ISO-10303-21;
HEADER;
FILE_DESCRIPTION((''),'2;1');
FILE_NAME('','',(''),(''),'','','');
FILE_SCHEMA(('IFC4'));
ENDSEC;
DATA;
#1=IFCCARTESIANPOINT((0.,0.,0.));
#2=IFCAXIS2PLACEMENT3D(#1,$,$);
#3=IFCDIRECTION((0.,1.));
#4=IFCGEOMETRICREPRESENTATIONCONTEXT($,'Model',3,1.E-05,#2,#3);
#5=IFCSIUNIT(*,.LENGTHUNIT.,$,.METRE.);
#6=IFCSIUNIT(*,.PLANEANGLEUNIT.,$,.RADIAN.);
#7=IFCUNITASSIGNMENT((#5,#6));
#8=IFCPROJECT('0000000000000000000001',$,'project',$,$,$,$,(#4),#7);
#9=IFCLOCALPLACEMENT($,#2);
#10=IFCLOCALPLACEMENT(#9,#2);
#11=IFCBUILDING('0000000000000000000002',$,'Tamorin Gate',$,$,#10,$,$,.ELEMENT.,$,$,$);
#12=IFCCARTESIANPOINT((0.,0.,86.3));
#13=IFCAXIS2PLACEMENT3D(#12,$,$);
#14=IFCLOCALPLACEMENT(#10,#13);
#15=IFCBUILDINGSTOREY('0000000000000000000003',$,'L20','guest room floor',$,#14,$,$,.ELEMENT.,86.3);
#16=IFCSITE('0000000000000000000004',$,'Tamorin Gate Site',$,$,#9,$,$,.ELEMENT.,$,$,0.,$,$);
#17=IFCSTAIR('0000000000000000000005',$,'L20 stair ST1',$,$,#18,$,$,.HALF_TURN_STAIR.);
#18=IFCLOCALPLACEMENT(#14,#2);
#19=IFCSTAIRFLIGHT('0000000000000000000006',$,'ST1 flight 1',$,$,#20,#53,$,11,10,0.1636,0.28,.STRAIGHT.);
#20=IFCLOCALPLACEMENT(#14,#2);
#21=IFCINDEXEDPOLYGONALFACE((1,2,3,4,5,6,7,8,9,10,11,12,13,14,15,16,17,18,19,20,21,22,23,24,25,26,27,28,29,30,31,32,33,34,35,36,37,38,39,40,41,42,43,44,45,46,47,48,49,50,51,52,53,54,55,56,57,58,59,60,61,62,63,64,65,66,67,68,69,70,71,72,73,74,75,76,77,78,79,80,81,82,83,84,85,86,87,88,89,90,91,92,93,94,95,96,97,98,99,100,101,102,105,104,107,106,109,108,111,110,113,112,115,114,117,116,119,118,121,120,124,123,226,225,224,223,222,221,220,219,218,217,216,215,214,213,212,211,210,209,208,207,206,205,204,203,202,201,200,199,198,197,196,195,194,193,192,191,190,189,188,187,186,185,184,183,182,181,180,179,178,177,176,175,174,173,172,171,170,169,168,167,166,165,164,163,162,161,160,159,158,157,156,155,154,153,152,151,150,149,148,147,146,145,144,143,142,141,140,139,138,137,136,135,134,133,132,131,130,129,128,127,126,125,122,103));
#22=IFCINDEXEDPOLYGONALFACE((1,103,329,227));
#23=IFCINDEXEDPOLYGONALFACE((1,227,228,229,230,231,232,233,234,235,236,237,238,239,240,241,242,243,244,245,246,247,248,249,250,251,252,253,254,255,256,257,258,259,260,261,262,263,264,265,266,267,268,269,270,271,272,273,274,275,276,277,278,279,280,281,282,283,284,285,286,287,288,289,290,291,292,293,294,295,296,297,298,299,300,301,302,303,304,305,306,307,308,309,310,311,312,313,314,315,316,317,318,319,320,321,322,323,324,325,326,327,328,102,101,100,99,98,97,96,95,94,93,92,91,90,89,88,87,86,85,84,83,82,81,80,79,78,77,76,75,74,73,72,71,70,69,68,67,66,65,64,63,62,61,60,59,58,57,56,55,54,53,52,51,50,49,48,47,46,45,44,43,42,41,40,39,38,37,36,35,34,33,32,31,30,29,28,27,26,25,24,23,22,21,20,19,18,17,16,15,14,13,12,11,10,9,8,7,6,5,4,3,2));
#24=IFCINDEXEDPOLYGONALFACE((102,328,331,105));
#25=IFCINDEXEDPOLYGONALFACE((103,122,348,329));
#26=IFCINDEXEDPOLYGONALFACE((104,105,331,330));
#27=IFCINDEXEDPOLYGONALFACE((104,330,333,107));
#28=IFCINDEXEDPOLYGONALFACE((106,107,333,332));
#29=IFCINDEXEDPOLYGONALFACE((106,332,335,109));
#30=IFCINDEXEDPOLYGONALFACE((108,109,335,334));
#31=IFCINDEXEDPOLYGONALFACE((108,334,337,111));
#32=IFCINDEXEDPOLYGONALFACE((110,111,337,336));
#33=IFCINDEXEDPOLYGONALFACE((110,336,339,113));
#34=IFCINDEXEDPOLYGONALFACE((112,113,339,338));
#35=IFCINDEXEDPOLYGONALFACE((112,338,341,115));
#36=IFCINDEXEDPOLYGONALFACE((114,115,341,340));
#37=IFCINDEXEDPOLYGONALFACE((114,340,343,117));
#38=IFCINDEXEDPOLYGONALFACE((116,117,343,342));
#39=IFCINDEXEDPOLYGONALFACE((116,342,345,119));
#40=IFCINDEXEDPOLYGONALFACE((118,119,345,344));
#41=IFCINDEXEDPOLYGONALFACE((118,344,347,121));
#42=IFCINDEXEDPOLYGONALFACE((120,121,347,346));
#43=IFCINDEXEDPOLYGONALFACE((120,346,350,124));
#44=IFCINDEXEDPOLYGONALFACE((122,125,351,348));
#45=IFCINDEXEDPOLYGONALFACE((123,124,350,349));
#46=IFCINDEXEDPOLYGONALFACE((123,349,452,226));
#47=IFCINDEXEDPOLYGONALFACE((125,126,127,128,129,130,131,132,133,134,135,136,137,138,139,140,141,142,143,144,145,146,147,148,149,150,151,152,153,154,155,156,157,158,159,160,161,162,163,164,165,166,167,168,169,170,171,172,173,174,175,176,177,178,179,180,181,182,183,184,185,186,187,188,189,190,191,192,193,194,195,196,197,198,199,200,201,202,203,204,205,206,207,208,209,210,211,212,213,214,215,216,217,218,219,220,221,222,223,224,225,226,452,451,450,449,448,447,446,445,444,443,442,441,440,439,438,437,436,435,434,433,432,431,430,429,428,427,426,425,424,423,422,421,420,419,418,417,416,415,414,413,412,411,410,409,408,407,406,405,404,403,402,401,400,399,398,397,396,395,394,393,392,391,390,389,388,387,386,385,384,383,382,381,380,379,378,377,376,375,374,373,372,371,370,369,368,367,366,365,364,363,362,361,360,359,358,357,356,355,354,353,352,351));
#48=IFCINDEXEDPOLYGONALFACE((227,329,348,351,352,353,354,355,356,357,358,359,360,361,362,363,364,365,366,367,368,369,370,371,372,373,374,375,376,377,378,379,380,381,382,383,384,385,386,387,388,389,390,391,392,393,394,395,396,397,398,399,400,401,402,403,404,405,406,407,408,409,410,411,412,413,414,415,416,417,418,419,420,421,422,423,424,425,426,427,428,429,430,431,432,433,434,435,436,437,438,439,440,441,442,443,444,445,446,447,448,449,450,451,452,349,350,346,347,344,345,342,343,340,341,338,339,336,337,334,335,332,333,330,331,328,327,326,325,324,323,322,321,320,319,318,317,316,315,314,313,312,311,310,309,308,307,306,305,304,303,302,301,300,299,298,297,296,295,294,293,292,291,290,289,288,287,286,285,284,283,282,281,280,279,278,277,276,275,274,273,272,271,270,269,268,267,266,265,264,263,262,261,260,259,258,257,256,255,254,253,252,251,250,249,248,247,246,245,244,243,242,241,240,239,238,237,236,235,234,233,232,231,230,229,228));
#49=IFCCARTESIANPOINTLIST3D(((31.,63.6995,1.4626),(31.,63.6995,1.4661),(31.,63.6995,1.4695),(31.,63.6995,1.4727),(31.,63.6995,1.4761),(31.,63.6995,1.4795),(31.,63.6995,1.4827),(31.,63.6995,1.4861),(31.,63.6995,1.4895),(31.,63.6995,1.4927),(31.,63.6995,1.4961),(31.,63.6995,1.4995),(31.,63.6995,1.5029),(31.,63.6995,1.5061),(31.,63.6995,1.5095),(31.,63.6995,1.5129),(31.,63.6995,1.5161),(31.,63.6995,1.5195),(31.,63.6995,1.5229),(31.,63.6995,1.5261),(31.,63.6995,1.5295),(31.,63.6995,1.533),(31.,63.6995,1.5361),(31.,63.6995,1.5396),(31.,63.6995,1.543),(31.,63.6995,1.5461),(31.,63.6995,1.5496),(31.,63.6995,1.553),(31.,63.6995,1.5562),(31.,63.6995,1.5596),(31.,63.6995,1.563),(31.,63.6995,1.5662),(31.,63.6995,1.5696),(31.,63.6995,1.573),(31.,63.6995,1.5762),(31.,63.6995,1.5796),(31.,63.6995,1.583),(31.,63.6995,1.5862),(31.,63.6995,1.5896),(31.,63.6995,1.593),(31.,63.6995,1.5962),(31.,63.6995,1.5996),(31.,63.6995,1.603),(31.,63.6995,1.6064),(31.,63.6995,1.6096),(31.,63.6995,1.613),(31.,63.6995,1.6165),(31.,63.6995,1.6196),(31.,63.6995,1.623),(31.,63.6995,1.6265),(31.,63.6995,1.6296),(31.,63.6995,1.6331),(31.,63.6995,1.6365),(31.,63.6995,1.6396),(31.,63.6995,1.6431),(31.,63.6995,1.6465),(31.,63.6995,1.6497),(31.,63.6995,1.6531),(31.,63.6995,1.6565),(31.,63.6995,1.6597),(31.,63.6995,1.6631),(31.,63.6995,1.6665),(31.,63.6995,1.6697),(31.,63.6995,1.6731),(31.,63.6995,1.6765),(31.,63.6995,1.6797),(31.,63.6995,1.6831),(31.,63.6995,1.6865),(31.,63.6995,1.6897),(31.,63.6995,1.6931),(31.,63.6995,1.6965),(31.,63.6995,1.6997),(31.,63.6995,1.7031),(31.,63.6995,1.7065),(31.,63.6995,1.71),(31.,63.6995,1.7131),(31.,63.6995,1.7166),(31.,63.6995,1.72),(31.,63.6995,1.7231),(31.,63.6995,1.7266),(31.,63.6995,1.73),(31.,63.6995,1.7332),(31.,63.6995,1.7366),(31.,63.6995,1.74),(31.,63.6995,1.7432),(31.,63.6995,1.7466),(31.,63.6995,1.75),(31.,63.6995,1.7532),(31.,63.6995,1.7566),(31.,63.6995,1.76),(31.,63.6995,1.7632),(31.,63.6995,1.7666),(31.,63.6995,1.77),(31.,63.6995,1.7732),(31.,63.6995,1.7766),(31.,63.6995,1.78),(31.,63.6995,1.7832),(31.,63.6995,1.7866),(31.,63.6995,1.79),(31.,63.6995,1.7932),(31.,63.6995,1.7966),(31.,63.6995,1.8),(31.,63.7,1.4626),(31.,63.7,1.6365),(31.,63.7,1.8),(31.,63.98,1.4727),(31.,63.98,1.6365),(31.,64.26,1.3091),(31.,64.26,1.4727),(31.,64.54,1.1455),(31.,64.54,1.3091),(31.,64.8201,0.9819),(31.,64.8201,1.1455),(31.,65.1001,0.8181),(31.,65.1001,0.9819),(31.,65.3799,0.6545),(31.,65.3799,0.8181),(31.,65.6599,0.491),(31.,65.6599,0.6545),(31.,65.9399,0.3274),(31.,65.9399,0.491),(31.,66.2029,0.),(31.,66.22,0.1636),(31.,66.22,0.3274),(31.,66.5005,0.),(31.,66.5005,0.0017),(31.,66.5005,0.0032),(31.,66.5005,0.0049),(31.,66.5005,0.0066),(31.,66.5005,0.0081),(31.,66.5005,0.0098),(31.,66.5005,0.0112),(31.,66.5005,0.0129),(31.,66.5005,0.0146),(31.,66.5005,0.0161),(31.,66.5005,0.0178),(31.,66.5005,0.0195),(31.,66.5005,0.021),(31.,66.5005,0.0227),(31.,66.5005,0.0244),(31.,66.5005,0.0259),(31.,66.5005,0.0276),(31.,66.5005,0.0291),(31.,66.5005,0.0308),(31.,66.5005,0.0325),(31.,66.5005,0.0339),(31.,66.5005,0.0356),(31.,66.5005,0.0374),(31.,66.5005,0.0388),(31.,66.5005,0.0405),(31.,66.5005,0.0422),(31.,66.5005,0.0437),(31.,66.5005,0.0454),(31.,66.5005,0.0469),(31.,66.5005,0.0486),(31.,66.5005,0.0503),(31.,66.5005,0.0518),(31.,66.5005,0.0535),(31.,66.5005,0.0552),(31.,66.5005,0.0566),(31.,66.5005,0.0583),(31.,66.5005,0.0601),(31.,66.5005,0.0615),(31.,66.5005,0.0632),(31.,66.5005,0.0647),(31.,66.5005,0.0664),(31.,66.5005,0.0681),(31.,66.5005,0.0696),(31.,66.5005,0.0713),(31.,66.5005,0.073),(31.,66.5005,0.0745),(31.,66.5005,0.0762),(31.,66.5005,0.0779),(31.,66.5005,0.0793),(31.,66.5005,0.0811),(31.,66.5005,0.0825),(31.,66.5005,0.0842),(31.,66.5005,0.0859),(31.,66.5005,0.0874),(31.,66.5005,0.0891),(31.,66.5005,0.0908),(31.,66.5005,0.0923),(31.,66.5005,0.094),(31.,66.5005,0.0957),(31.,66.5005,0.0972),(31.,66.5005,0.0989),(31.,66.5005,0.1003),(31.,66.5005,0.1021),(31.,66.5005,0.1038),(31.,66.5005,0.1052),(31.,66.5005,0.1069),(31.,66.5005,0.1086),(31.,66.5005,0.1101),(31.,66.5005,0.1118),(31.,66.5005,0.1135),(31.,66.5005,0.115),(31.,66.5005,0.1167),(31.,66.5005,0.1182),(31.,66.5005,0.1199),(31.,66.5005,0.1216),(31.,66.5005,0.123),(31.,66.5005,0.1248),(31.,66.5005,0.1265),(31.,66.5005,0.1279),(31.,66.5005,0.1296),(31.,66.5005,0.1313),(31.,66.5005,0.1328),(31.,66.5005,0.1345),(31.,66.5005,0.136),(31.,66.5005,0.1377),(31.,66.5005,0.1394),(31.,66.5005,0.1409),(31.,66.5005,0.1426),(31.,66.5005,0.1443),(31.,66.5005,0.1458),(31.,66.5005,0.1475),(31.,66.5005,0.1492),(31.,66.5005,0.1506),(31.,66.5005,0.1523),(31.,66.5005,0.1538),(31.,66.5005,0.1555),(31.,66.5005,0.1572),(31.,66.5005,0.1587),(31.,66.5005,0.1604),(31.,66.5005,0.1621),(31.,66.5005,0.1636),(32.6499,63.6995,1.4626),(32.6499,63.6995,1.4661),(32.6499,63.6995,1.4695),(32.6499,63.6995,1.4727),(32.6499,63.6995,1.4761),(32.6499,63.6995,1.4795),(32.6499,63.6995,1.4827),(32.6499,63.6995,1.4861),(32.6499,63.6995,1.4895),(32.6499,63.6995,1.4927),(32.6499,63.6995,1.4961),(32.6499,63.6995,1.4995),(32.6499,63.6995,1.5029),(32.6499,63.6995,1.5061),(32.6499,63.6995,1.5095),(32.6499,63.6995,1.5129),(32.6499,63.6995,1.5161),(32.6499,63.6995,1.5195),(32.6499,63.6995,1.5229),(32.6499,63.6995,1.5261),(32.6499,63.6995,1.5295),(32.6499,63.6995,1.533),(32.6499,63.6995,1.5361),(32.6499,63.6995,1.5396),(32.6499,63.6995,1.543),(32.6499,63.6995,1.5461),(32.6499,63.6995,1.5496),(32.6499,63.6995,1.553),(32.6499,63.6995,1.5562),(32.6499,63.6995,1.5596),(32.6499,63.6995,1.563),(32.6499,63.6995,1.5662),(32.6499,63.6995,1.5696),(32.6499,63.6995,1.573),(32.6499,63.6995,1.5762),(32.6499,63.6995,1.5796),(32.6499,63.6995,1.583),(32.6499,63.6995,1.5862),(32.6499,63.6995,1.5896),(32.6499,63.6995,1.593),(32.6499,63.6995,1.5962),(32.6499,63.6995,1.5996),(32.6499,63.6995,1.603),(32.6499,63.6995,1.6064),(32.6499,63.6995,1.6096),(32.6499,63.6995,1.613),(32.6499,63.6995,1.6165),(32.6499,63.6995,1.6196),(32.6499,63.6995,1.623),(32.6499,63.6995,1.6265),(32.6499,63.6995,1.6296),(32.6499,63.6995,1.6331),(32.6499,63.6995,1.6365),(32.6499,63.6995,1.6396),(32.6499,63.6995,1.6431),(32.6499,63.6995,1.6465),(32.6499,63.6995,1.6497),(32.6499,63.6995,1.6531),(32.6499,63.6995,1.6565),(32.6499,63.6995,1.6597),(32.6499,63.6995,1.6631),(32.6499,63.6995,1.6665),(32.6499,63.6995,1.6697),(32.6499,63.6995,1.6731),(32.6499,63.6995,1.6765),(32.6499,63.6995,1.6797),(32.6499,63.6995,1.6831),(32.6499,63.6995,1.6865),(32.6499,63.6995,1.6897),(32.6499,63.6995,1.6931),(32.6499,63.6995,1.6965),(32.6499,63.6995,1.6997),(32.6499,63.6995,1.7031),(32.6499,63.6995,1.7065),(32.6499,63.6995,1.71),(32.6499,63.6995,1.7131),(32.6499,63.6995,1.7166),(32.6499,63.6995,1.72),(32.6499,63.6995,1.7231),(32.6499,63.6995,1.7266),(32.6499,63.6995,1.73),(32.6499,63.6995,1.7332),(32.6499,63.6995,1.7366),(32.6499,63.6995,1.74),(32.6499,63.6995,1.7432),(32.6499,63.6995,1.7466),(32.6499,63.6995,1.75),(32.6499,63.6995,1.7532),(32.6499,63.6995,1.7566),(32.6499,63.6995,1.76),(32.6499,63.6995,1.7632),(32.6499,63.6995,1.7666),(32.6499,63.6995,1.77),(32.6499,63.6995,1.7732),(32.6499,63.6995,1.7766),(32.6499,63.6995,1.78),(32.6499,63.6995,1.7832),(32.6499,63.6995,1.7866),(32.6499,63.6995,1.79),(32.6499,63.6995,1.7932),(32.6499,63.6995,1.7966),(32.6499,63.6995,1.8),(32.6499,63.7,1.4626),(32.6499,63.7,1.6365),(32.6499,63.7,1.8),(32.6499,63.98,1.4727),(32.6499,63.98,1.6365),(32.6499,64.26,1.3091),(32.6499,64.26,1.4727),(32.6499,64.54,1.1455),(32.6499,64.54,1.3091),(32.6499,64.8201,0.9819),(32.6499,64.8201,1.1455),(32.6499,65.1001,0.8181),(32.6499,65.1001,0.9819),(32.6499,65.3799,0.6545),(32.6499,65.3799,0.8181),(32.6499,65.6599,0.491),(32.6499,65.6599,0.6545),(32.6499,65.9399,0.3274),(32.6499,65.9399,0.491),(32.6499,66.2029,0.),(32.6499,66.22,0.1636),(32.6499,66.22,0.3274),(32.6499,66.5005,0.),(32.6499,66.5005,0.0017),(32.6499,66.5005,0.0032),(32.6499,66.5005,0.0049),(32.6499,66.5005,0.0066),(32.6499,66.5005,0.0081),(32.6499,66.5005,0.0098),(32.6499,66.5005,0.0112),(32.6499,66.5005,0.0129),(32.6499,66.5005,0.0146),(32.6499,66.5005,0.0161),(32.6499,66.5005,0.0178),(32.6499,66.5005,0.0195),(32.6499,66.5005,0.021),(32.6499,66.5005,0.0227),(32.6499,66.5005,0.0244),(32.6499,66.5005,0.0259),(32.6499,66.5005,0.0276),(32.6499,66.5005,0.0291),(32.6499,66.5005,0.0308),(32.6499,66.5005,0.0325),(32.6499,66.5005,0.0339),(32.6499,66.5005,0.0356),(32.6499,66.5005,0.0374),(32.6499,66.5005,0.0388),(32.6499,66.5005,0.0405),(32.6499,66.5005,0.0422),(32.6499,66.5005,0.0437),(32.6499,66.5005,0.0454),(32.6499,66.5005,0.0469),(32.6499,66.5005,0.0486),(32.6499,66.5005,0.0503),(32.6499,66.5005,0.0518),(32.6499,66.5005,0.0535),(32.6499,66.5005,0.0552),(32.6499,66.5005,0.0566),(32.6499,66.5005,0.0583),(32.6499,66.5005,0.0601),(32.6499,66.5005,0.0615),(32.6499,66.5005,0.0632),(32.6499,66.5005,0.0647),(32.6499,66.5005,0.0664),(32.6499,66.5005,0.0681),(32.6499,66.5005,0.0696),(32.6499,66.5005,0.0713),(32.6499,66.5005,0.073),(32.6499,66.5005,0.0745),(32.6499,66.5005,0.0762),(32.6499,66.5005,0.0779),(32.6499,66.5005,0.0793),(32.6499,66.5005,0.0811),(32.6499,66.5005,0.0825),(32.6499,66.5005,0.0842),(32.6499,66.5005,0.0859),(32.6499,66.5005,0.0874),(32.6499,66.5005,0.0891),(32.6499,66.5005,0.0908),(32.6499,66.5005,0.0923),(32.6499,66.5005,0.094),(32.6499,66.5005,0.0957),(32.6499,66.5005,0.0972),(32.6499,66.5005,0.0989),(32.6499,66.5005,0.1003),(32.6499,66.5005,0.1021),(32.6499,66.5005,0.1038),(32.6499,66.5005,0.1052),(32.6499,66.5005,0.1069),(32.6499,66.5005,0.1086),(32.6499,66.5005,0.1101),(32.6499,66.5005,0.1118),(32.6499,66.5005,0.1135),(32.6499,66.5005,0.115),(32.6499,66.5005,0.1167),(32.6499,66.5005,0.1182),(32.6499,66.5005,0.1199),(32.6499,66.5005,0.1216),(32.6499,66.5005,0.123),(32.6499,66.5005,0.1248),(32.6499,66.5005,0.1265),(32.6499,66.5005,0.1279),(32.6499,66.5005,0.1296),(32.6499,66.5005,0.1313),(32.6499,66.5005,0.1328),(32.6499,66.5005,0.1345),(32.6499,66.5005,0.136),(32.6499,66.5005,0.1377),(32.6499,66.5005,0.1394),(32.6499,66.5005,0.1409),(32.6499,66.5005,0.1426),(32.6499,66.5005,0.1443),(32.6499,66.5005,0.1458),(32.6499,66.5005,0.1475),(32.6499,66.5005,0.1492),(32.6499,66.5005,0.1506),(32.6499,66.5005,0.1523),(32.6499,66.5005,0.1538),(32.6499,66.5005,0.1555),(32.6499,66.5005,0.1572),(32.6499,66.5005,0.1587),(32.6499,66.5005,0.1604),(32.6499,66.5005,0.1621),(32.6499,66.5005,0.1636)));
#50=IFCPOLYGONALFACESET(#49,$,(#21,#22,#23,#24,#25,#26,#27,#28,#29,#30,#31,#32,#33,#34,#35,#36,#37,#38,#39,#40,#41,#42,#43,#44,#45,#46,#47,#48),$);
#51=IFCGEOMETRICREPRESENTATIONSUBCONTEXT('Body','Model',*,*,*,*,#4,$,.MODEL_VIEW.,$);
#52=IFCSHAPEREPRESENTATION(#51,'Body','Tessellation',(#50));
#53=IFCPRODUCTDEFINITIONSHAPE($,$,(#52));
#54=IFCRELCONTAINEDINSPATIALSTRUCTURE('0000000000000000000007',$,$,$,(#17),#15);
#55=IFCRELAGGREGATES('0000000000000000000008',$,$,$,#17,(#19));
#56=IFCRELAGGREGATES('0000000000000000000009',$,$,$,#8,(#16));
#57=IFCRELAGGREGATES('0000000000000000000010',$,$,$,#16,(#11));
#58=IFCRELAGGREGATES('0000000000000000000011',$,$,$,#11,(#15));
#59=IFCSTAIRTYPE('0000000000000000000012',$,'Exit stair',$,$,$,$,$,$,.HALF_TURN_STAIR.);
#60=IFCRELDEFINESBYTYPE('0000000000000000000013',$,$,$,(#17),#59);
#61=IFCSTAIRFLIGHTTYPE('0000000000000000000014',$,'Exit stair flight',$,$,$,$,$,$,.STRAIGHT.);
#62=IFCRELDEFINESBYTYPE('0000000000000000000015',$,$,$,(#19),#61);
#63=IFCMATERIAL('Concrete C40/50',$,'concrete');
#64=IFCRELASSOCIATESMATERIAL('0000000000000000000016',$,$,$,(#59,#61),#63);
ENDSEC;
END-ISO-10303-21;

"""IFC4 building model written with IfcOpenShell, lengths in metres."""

from ifc_helpers import new_model, si_unit, direction, frame, origin, place, context, subcontext, project, spatial, polyline, outline, extrude, material, type_object, element, aggregate, save


model = new_model("IFC4")

# Units and contexts
model_context = context("Model", 3, precision=1e-05, world=origin(), true_north=direction((0.0, 1.0)))
body_context = subcontext(model_context, "Body", "Model", "MODEL_VIEW")
ifc_project = project(units=[si_unit("LENGTHUNIT", "METRE"), si_unit("PLANEANGLEUNIT", "RADIAN")], contexts=[model_context])

# Site, building, storey
site_placement = place(None, origin())
site = spatial("IfcSite", under=ifc_project, at=site_placement, Name="Tamorin Gate Site", CompositionType="ELEMENT", RefElevation=0.0)
building_placement = place(site_placement, origin())
building = spatial("IfcBuilding", under=site, at=building_placement, Name="Tamorin Gate", CompositionType="ELEMENT")
storey_placement = place(building_placement, frame((0.0, 0.0, 86.3)))
storey = spatial("IfcBuildingStorey", under=building, at=storey_placement, Name="L20", Description="guest room floor", CompositionType="ELEMENT", Elevation=86.3)

# Shared definitions
ifc_material_1 = material(Name="Concrete C40/50", Category="concrete")

# Stair, stair flight
stair_type = type_object("IfcStairType", Name="Exit stair", PredefinedType="HALF_TURN_STAIR", material=ifc_material_1)
stair_placement = place(storey_placement, origin())
stair = element("IfcStair", 1, at=stair_placement, inside=storey, type_object=stair_type, Name="L20 stair ST1", PredefinedType="HALF_TURN_STAIR")
stair_flight_type = type_object("IfcStairFlightType", Name="Exit stair flight", PredefinedType="STRAIGHT", material=ifc_material_1)
stair_flight_1_placement = place(storey_placement, frame((31.825, 66.5, 0.0), z_axis=(0.0, 0.0, 1.0), x_axis=(0.0, -1.0, 0.0)))
stair_flight_1 = element("IfcStairFlight", 2, at=stair_flight_1_placement, type_object=stair_flight_type, Name="ST1 flight 1", NumberOfRisers=11, NumberOfTreads=10, PredefinedType="STRAIGHT", RiserHeight=0.1636, TreadLength=0.28, context=body_context, shape_type="SweptSolid", body=[
    extrude(outline(polyline([(-0.0005, 0.0), (-0.0005, 0.0017), (-0.0005, 0.0032), (-0.0005, 0.0049), (-0.0005, 0.0066), (-0.0005, 0.0081), (-0.0005, 0.0098), (-0.0005, 0.0112), (-0.0005, 0.0129), (-0.0005, 0.0146), (-0.0005, 0.0161), (-0.0005, 0.0178), (-0.0005, 0.0195), (-0.0005, 0.021), (-0.0005, 0.0227), (-0.0005, 0.0244), (-0.0005, 0.0259), (-0.0005, 0.0276), (-0.0005, 0.0291), (-0.0005, 0.0308), (-0.0005, 0.0325), (-0.0005, 0.0339), (-0.0005, 0.0356), (-0.0005, 0.0374), (-0.0005, 0.0388), (-0.0005, 0.0405), (-0.0005, 0.0422), (-0.0005, 0.0437), (-0.0005, 0.0454), (-0.0005, 0.0469), (-0.0005, 0.0486), (-0.0005, 0.0503), (-0.0005, 0.0518), (-0.0005, 0.0535), (-0.0005, 0.0552), (-0.0005, 0.0566), (-0.0005, 0.0583), (-0.0005, 0.0601), (-0.0005, 0.0615), (-0.0005, 0.0632), (-0.0005, 0.0647), (-0.0005, 0.0664), (-0.0005, 0.0681), (-0.0005, 0.0696), (-0.0005, 0.0713), (-0.0005, 0.073), (-0.0005, 0.0745), (-0.0005, 0.0762), (-0.0005, 0.0779), (-0.0005, 0.0793), (-0.0005, 0.0811), (-0.0005, 0.0825), (-0.0005, 0.0842), (-0.0005, 0.0859), (-0.0005, 0.0874), (-0.0005, 0.0891), (-0.0005, 0.0908), (-0.0005, 0.0923), (-0.0005, 0.094), (-0.0005, 0.0957), (-0.0005, 0.0972), (-0.0005, 0.0989), (-0.0005, 0.1003), (-0.0005, 0.1021), (-0.0005, 0.1038), (-0.0005, 0.1052), (-0.0005, 0.1069), (-0.0005, 0.1086), (-0.0005, 0.1101), (-0.0005, 0.1118), (-0.0005, 0.1135), (-0.0005, 0.115), (-0.0005, 0.1167), (-0.0005, 0.1182), (-0.0005, 0.1199), (-0.0005, 0.1216), (-0.0005, 0.123), (-0.0005, 0.1248), (-0.0005, 0.1265), (-0.0005, 0.1279), (-0.0005, 0.1296), (-0.0005, 0.1313), (-0.0005, 0.1328), (-0.0005, 0.1345), (-0.0005, 0.136), (-0.0005, 0.1377), (-0.0005, 0.1394), (-0.0005, 0.1409), (-0.0005, 0.1426), (-0.0005, 0.1443), (-0.0005, 0.1458), (-0.0005, 0.1475), (-0.0005, 0.1492), (-0.0005, 0.1506), (-0.0005, 0.1523), (-0.0005, 0.1538), (-0.0005, 0.1555), (-0.0005, 0.1572), (-0.0005, 0.1587), (-0.0005, 0.1604), (-0.0005, 0.1621), (-0.0005, 0.1636), (0.28, 0.1636), (0.28, 0.3274), (0.5601, 0.3274), (0.5601, 0.491), (0.8401, 0.491), (0.8401, 0.6545), (1.1201, 0.6545), (1.1201, 0.8181), (1.3999, 0.8181), (1.3999, 0.9819), (1.6799, 0.9819), (1.6799, 1.1455), (1.96, 1.1455), (1.96, 1.3091), (2.24, 1.3091), (2.24, 1.4727), (2.52, 1.4727), (2.52, 1.6365), (2.8, 1.6365), (2.8, 1.8), (2.8005, 1.8), (2.8005, 1.7966), (2.8005, 1.7932), (2.8005, 1.79), (2.8005, 1.7866), (2.8005, 1.7832), (2.8005, 1.78), (2.8005, 1.7766), (2.8005, 1.7732), (2.8005, 1.77), (2.8005, 1.7666), (2.8005, 1.7632), (2.8005, 1.76), (2.8005, 1.7566), (2.8005, 1.7532), (2.8005, 1.75), (2.8005, 1.7466), (2.8005, 1.7432), (2.8005, 1.74), (2.8005, 1.7366), (2.8005, 1.7332), (2.8005, 1.73), (2.8005, 1.7266), (2.8005, 1.7231), (2.8005, 1.72), (2.8005, 1.7166), (2.8005, 1.7131), (2.8005, 1.71), (2.8005, 1.7065), (2.8005, 1.7031), (2.8005, 1.6997), (2.8005, 1.6965), (2.8005, 1.6931), (2.8005, 1.6897), (2.8005, 1.6865), (2.8005, 1.6831), (2.8005, 1.6797), (2.8005, 1.6765), (2.8005, 1.6731), (2.8005, 1.6697), (2.8005, 1.6665), (2.8005, 1.6631), (2.8005, 1.6597), (2.8005, 1.6565), (2.8005, 1.6531), (2.8005, 1.6497), (2.8005, 1.6465), (2.8005, 1.6431), (2.8005, 1.6396), (2.8005, 1.6365), (2.8005, 1.6331), (2.8005, 1.6296), (2.8005, 1.6265), (2.8005, 1.623), (2.8005, 1.6196), (2.8005, 1.6165), (2.8005, 1.613), (2.8005, 1.6096), (2.8005, 1.6064), (2.8005, 1.603), (2.8005, 1.5996), (2.8005, 1.5962), (2.8005, 1.593), (2.8005, 1.5896), (2.8005, 1.5862), (2.8005, 1.583), (2.8005, 1.5796), (2.8005, 1.5762), (2.8005, 1.573), (2.8005, 1.5696), (2.8005, 1.5662), (2.8005, 1.563), (2.8005, 1.5596), (2.8005, 1.5562), (2.8005, 1.553), (2.8005, 1.5496), (2.8005, 1.5461), (2.8005, 1.543), (2.8005, 1.5396), (2.8005, 1.5361), (2.8005, 1.533), (2.8005, 1.5295), (2.8005, 1.5261), (2.8005, 1.5229), (2.8005, 1.5195), (2.8005, 1.5161), (2.8005, 1.5129), (2.8005, 1.5095), (2.8005, 1.5061), (2.8005, 1.5029), (2.8005, 1.4995), (2.8005, 1.4961), (2.8005, 1.4927), (2.8005, 1.4895), (2.8005, 1.4861), (2.8005, 1.4827), (2.8005, 1.4795), (2.8005, 1.4761), (2.8005, 1.4727), (2.8005, 1.4695), (2.8005, 1.4661), (2.8005, 1.4626), (2.8, 1.4626), (0.2971, 0.0), (-0.0005, 0.0)])), frame((0.0, 0.825, 0.0), z_axis=(0.0, -1.0, 0.0), x_axis=(1.0, 0.0, 0.0)), (0.0, 0.0, 1.0), 1.6499),
])
aggregate(stair, [stair_flight_1])

save(model, "model.ifc")
